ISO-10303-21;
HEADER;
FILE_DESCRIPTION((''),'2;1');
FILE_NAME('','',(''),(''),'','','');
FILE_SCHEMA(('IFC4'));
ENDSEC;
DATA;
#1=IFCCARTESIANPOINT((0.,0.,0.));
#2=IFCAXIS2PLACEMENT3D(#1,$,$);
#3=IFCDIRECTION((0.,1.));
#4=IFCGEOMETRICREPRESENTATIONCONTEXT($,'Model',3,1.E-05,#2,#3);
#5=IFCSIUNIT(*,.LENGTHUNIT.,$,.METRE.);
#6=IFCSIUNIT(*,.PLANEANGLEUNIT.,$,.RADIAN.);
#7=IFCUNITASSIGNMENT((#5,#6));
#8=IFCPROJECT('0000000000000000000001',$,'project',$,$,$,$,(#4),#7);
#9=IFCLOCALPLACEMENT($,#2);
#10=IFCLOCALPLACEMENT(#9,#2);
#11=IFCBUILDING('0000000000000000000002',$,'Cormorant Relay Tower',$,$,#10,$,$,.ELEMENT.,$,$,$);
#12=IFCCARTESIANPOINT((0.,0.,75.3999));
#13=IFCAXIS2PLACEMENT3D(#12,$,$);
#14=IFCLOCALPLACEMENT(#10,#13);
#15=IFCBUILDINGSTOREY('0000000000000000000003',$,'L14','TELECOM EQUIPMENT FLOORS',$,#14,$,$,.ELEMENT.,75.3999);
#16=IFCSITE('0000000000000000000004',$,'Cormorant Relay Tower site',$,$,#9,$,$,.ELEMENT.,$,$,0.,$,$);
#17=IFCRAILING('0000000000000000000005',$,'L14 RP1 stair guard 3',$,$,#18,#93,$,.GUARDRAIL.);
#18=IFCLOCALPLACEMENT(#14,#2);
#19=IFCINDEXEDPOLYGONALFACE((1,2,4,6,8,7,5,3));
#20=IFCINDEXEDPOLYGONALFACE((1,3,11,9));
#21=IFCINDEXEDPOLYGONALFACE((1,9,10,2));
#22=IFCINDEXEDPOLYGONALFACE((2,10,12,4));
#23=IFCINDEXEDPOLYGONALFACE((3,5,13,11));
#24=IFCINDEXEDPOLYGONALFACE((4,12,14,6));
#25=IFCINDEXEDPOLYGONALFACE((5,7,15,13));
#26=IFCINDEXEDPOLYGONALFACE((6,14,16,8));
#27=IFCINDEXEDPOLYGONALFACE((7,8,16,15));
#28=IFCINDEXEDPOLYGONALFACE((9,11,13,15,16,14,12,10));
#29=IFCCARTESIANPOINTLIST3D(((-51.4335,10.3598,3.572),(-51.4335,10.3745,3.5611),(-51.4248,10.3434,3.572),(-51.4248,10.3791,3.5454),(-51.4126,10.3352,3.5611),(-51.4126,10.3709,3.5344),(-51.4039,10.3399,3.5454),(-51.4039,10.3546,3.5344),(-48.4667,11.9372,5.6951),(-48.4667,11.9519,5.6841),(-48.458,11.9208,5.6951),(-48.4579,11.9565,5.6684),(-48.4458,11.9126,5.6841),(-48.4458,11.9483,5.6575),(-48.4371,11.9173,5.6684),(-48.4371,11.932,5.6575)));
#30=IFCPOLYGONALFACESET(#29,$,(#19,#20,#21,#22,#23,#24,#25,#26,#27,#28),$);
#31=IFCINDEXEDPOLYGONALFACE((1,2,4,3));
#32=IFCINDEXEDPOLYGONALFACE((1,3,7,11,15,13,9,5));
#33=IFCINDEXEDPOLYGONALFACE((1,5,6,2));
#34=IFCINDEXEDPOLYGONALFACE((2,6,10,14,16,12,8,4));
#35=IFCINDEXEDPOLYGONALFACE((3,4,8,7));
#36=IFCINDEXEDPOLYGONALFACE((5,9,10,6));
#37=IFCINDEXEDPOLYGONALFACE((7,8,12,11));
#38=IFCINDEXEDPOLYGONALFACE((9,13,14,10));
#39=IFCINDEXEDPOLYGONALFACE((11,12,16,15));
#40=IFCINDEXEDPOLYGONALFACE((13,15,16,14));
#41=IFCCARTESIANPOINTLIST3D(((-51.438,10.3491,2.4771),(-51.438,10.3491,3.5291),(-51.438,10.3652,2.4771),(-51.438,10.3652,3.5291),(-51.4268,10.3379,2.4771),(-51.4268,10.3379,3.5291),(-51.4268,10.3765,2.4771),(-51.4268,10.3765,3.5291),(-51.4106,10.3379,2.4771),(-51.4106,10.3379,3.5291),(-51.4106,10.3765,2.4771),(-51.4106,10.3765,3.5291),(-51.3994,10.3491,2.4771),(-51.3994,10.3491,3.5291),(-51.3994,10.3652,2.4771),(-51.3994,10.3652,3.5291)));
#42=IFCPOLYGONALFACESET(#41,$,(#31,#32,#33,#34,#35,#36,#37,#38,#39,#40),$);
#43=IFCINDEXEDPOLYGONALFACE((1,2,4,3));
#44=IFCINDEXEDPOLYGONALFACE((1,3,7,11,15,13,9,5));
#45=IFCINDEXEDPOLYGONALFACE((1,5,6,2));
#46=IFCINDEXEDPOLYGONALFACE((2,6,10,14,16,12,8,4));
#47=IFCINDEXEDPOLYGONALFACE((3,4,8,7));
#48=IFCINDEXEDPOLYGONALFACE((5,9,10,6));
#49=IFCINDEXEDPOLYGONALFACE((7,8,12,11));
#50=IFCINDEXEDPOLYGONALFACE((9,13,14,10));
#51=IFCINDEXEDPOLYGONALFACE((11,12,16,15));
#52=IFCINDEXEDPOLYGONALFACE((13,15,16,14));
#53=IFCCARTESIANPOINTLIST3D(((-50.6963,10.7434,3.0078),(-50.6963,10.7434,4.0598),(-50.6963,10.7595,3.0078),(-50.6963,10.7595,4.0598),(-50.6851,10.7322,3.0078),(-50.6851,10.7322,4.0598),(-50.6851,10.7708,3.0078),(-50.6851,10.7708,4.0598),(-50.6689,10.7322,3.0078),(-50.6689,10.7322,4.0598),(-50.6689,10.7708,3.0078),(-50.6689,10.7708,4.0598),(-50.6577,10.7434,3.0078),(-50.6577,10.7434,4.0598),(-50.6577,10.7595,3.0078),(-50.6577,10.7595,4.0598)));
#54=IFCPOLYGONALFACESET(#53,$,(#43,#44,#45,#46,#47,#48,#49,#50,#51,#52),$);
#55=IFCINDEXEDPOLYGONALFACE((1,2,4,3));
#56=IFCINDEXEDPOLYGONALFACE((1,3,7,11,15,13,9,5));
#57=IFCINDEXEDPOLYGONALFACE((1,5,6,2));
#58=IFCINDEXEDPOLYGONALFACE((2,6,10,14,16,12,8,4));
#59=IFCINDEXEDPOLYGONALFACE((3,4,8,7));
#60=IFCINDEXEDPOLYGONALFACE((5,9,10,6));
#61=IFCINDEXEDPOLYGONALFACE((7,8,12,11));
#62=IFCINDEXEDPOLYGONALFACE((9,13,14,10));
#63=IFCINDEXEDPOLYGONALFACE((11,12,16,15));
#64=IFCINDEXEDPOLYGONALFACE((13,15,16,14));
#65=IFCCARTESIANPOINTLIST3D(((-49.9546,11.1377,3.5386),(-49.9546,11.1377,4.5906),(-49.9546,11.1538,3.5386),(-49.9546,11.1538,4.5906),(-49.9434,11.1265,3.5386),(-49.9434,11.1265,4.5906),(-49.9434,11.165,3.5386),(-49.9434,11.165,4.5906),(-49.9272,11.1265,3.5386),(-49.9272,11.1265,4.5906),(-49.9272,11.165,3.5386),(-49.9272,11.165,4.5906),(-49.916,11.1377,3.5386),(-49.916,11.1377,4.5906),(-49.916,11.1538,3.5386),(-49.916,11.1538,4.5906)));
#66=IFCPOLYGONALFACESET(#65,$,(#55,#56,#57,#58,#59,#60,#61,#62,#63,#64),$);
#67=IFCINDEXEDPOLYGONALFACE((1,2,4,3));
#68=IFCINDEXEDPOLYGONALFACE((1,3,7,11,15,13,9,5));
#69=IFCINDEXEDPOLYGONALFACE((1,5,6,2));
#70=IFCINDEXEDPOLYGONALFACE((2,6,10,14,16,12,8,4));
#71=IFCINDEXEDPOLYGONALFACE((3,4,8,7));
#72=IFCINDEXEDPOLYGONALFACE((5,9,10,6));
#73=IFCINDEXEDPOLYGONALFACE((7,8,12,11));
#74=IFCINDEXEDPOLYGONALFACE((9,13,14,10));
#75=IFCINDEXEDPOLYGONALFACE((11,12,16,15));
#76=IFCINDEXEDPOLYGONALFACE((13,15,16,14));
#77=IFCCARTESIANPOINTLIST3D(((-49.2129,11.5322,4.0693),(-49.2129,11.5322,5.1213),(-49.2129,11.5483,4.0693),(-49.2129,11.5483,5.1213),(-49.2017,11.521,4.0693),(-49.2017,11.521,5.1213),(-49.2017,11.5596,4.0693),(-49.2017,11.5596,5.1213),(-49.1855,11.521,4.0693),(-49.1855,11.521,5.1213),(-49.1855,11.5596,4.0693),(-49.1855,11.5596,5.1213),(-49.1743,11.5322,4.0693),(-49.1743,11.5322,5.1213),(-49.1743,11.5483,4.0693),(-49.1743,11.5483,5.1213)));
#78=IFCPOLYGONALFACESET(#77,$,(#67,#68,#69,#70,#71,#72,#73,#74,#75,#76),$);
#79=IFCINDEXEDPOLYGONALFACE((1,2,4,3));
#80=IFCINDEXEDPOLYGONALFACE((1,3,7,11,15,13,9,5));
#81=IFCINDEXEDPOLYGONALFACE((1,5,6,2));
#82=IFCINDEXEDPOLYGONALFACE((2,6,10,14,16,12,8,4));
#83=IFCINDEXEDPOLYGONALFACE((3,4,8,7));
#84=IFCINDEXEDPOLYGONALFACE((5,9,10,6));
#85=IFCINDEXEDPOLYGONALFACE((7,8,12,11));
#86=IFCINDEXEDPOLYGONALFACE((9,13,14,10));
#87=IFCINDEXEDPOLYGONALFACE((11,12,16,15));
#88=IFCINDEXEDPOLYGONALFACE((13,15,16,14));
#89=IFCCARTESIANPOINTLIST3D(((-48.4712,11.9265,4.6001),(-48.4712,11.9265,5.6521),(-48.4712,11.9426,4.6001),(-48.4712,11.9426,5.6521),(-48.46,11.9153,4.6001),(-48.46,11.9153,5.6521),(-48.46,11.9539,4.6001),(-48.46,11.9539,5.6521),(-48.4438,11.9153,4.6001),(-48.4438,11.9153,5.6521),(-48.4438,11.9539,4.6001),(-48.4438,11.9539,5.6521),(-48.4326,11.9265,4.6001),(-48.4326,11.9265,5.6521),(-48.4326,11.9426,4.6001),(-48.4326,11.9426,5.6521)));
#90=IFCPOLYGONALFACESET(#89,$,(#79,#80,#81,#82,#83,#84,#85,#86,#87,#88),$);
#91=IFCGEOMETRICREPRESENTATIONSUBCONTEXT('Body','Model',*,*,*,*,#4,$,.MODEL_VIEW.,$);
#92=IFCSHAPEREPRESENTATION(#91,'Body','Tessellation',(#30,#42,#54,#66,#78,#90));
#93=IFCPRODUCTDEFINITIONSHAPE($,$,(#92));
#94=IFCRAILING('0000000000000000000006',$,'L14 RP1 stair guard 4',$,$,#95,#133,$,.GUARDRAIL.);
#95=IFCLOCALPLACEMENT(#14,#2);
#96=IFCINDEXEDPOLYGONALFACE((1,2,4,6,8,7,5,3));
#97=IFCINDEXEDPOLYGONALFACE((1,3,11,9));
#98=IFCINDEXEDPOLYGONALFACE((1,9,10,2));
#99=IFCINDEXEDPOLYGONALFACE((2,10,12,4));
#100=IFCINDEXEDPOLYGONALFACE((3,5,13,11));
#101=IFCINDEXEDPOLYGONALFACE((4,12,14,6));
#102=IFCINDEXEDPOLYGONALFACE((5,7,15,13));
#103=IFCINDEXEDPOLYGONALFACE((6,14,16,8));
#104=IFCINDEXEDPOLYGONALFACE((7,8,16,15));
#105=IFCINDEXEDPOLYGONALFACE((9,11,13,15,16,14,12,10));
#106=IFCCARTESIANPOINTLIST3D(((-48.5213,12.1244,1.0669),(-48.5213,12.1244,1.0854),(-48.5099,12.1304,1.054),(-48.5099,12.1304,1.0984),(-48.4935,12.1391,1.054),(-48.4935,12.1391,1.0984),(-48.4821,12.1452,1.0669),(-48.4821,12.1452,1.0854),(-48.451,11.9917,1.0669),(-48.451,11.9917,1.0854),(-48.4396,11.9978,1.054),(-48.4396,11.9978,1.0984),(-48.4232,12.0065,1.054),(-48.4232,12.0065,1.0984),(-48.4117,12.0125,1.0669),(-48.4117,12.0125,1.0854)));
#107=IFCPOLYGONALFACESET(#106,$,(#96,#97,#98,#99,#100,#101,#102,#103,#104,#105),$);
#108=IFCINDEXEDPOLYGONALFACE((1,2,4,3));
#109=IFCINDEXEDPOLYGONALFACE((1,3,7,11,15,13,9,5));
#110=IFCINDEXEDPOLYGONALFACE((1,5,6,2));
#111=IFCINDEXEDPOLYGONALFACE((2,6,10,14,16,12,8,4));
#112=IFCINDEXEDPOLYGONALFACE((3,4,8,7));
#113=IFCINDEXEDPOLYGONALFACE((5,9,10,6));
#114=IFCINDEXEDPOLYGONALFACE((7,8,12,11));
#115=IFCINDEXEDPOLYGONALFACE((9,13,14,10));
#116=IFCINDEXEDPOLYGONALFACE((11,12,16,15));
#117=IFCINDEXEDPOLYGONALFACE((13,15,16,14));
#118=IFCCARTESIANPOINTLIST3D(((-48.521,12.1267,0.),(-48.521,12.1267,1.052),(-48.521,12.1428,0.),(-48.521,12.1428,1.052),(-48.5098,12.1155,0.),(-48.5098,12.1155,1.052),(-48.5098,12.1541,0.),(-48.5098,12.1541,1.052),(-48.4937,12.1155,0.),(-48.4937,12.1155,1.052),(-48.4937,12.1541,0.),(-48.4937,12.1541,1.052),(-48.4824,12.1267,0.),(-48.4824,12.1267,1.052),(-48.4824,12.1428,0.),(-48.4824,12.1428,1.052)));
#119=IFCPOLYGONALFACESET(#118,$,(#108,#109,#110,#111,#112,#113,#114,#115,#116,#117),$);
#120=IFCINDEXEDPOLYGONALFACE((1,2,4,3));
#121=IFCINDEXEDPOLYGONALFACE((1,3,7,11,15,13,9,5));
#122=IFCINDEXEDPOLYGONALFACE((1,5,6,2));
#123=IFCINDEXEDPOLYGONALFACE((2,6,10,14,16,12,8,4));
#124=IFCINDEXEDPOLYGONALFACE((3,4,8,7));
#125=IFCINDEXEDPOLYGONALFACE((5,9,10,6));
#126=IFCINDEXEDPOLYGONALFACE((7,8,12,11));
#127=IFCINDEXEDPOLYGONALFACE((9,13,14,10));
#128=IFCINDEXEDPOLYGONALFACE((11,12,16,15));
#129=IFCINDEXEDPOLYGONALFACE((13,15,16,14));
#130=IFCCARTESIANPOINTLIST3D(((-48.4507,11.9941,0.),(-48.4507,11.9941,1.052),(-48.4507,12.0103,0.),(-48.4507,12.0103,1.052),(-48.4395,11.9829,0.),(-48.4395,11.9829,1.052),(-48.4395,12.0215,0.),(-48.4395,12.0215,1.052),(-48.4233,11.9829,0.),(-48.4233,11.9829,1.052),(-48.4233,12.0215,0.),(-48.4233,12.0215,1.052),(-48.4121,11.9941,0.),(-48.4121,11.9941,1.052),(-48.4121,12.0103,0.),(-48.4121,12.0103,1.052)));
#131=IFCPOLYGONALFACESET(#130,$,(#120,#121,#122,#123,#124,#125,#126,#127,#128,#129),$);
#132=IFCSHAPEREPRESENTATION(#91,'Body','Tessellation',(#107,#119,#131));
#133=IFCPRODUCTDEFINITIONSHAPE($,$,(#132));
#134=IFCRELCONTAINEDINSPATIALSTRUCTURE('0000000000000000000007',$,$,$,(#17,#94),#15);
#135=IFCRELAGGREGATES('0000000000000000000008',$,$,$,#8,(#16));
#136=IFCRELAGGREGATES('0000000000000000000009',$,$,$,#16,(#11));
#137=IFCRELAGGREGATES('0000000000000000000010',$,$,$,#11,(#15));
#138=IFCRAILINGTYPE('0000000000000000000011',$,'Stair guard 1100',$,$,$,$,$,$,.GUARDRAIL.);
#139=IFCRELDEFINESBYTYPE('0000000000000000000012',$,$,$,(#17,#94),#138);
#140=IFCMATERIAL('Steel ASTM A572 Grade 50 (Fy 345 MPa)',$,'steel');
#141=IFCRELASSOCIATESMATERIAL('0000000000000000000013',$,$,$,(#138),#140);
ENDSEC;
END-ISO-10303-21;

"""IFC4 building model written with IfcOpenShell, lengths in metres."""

from ifc_helpers import new_model, si_unit, direction, frame, origin, place, context, subcontext, project, spatial, polyline, outline, extrude, material, type_object, element, save


model = new_model("IFC4")

# Units and contexts
model_context = context("Model", 3, precision=1e-05, world=origin(), true_north=direction((0.0, 1.0)))
body_context = subcontext(model_context, "Body", "Model", "MODEL_VIEW")
ifc_project = project(units=[si_unit("LENGTHUNIT", "METRE"), si_unit("PLANEANGLEUNIT", "RADIAN")], contexts=[model_context])

# Site, building, storey
site_placement = place(None, origin())
site = spatial("IfcSite", under=ifc_project, at=site_placement, Name="Cormorant Relay Tower site", CompositionType="ELEMENT", RefElevation=0.0)
building_placement = place(site_placement, origin())
building = spatial("IfcBuilding", under=site, at=building_placement, Name="Cormorant Relay Tower", CompositionType="ELEMENT")
storey_placement = place(building_placement, frame((0.0, 0.0, 75.3999)))
storey = spatial("IfcBuildingStorey", under=building, at=storey_placement, Name="L14", Description="TELECOM EQUIPMENT FLOORS", CompositionType="ELEMENT", Elevation=75.3999)

# Railings
ifc_material_1 = material(Name="Steel ASTM A572 Grade 50 (Fy 345 MPa)", Category="steel")
railing_type_1 = type_object("IfcRailingType", Name="Stair guard 1100", PredefinedType="GUARDRAIL", material=ifc_material_1)
railing_1_placement = place(storey_placement, frame((-51.4187, 10.3572, 2.4771)))
element("IfcRailing", 1, at=railing_1_placement, inside=storey, type_object=railing_type_1, Name="L14 RP1 stair guard 3", PredefinedType="GUARDRAIL", context=body_context, shape_type="SweptSolid", body=[
    extrude(outline(polyline([(0.0222, 0.0093), (0.0093, 0.0222), (-0.0093, 0.0222), (-0.0222, 0.0093), (-0.0222, -0.0093), (-0.0093, -0.0222), (0.0093, -0.0222), (0.0222, -0.0093), (0.0222, 0.0093)])), frame((0.0, 0.0, 1.0762), z_axis=(0.746441, 0.396869, 0.534155), x_axis=(-0.469453, 0.882958, 0.0)), (0.0, 0.0, 1.0), 3.9746),
    extrude(outline(polyline([(0.0193, 0.0081), (0.0081, 0.0193), (-0.0081, 0.0193), (-0.0193, 0.0081), (-0.0193, -0.0081), (-0.0081, -0.0193), (0.0081, -0.0193), (0.0193, -0.0081), (0.0193, 0.0081)])), origin(), (0.0, 0.0, 1.0), 1.052),
    extrude(outline(polyline([(0.0193, 0.0081), (0.0081, 0.0193), (-0.0081, 0.0193), (-0.0193, 0.0081), (-0.0193, -0.0081), (-0.0081, -0.0193), (0.0081, -0.0193), (0.0193, -0.0081), (0.0193, 0.0081)])), frame((0.7417, 0.3943, 0.5308)), (0.0, 0.0, 1.0), 1.052),
    extrude(outline(polyline([(0.0193, 0.0081), (0.0081, 0.0193), (-0.0081, 0.0193), (-0.0193, 0.0081), (-0.0193, -0.0081), (-0.0081, -0.0193), (0.0081, -0.0193), (0.0193, -0.0081), (0.0193, 0.0081)])), frame((1.4834, 0.7886, 1.0615)), (0.0, 0.0, 1.0), 1.052),
    extrude(outline(polyline([(0.0193, 0.0081), (0.0081, 0.0193), (-0.0081, 0.0193), (-0.0193, 0.0081), (-0.0193, -0.0081), (-0.0081, -0.0193), (0.0081, -0.0193), (0.0193, -0.0081), (0.0193, 0.0081)])), frame((2.2251, 1.1831, 1.5923)), (0.0, 0.0, 1.0), 1.052),
    extrude(outline(polyline([(0.0193, 0.0081), (0.0081, 0.0193), (-0.0081, 0.0193), (-0.0193, 0.0081), (-0.0193, -0.0081), (-0.0081, -0.0193), (0.0081, -0.0193), (0.0193, -0.0081), (0.0193, 0.0081)])), frame((2.9668, 1.5774, 2.123)), (0.0, 0.0, 1.0), 1.052),
])
railing_2_placement = place(storey_placement, frame((-48.5017, 12.1348, 0.0)))
element("IfcRailing", 2, at=railing_2_placement, inside=storey, type_object=railing_type_1, Name="L14 RP1 stair guard 4", PredefinedType="GUARDRAIL", context=body_context, shape_type="SweptSolid", body=[
    extrude(outline(polyline([(0.0222, 0.0093), (0.0093, 0.0222), (-0.0093, 0.0222), (-0.0222, 0.0093), (-0.0222, -0.0093), (-0.0093, -0.0222), (0.0093, -0.0222), (0.0222, -0.0093), (0.0222, 0.0093)])), frame((0.0, 0.0, 1.0762), z_axis=(0.46856, -0.883431, 0.0), x_axis=(0.883431, 0.46856, 0.0)), (0.0, 0.0, 1.0), 0.1501),
    extrude(outline(polyline([(0.0193, 0.0081), (0.0081, 0.0193), (-0.0081, 0.0193), (-0.0193, 0.0081), (-0.0193, -0.0081), (-0.0081, -0.0193), (0.0081, -0.0193), (0.0193, -0.0081), (0.0193, 0.0081)])), origin(), (0.0, 0.0, 1.0), 1.052),
    extrude(outline(polyline([(0.0193, 0.0081), (0.0081, 0.0193), (-0.0081, 0.0193), (-0.0193, 0.0081), (-0.0193, -0.0081), (-0.0081, -0.0193), (0.0081, -0.0193), (0.0193, -0.0081), (0.0193, 0.0081)])), frame((0.0703, -0.1326, 0.0)), (0.0, 0.0, 1.0), 1.052),
])

save(model, "model.ifc")
